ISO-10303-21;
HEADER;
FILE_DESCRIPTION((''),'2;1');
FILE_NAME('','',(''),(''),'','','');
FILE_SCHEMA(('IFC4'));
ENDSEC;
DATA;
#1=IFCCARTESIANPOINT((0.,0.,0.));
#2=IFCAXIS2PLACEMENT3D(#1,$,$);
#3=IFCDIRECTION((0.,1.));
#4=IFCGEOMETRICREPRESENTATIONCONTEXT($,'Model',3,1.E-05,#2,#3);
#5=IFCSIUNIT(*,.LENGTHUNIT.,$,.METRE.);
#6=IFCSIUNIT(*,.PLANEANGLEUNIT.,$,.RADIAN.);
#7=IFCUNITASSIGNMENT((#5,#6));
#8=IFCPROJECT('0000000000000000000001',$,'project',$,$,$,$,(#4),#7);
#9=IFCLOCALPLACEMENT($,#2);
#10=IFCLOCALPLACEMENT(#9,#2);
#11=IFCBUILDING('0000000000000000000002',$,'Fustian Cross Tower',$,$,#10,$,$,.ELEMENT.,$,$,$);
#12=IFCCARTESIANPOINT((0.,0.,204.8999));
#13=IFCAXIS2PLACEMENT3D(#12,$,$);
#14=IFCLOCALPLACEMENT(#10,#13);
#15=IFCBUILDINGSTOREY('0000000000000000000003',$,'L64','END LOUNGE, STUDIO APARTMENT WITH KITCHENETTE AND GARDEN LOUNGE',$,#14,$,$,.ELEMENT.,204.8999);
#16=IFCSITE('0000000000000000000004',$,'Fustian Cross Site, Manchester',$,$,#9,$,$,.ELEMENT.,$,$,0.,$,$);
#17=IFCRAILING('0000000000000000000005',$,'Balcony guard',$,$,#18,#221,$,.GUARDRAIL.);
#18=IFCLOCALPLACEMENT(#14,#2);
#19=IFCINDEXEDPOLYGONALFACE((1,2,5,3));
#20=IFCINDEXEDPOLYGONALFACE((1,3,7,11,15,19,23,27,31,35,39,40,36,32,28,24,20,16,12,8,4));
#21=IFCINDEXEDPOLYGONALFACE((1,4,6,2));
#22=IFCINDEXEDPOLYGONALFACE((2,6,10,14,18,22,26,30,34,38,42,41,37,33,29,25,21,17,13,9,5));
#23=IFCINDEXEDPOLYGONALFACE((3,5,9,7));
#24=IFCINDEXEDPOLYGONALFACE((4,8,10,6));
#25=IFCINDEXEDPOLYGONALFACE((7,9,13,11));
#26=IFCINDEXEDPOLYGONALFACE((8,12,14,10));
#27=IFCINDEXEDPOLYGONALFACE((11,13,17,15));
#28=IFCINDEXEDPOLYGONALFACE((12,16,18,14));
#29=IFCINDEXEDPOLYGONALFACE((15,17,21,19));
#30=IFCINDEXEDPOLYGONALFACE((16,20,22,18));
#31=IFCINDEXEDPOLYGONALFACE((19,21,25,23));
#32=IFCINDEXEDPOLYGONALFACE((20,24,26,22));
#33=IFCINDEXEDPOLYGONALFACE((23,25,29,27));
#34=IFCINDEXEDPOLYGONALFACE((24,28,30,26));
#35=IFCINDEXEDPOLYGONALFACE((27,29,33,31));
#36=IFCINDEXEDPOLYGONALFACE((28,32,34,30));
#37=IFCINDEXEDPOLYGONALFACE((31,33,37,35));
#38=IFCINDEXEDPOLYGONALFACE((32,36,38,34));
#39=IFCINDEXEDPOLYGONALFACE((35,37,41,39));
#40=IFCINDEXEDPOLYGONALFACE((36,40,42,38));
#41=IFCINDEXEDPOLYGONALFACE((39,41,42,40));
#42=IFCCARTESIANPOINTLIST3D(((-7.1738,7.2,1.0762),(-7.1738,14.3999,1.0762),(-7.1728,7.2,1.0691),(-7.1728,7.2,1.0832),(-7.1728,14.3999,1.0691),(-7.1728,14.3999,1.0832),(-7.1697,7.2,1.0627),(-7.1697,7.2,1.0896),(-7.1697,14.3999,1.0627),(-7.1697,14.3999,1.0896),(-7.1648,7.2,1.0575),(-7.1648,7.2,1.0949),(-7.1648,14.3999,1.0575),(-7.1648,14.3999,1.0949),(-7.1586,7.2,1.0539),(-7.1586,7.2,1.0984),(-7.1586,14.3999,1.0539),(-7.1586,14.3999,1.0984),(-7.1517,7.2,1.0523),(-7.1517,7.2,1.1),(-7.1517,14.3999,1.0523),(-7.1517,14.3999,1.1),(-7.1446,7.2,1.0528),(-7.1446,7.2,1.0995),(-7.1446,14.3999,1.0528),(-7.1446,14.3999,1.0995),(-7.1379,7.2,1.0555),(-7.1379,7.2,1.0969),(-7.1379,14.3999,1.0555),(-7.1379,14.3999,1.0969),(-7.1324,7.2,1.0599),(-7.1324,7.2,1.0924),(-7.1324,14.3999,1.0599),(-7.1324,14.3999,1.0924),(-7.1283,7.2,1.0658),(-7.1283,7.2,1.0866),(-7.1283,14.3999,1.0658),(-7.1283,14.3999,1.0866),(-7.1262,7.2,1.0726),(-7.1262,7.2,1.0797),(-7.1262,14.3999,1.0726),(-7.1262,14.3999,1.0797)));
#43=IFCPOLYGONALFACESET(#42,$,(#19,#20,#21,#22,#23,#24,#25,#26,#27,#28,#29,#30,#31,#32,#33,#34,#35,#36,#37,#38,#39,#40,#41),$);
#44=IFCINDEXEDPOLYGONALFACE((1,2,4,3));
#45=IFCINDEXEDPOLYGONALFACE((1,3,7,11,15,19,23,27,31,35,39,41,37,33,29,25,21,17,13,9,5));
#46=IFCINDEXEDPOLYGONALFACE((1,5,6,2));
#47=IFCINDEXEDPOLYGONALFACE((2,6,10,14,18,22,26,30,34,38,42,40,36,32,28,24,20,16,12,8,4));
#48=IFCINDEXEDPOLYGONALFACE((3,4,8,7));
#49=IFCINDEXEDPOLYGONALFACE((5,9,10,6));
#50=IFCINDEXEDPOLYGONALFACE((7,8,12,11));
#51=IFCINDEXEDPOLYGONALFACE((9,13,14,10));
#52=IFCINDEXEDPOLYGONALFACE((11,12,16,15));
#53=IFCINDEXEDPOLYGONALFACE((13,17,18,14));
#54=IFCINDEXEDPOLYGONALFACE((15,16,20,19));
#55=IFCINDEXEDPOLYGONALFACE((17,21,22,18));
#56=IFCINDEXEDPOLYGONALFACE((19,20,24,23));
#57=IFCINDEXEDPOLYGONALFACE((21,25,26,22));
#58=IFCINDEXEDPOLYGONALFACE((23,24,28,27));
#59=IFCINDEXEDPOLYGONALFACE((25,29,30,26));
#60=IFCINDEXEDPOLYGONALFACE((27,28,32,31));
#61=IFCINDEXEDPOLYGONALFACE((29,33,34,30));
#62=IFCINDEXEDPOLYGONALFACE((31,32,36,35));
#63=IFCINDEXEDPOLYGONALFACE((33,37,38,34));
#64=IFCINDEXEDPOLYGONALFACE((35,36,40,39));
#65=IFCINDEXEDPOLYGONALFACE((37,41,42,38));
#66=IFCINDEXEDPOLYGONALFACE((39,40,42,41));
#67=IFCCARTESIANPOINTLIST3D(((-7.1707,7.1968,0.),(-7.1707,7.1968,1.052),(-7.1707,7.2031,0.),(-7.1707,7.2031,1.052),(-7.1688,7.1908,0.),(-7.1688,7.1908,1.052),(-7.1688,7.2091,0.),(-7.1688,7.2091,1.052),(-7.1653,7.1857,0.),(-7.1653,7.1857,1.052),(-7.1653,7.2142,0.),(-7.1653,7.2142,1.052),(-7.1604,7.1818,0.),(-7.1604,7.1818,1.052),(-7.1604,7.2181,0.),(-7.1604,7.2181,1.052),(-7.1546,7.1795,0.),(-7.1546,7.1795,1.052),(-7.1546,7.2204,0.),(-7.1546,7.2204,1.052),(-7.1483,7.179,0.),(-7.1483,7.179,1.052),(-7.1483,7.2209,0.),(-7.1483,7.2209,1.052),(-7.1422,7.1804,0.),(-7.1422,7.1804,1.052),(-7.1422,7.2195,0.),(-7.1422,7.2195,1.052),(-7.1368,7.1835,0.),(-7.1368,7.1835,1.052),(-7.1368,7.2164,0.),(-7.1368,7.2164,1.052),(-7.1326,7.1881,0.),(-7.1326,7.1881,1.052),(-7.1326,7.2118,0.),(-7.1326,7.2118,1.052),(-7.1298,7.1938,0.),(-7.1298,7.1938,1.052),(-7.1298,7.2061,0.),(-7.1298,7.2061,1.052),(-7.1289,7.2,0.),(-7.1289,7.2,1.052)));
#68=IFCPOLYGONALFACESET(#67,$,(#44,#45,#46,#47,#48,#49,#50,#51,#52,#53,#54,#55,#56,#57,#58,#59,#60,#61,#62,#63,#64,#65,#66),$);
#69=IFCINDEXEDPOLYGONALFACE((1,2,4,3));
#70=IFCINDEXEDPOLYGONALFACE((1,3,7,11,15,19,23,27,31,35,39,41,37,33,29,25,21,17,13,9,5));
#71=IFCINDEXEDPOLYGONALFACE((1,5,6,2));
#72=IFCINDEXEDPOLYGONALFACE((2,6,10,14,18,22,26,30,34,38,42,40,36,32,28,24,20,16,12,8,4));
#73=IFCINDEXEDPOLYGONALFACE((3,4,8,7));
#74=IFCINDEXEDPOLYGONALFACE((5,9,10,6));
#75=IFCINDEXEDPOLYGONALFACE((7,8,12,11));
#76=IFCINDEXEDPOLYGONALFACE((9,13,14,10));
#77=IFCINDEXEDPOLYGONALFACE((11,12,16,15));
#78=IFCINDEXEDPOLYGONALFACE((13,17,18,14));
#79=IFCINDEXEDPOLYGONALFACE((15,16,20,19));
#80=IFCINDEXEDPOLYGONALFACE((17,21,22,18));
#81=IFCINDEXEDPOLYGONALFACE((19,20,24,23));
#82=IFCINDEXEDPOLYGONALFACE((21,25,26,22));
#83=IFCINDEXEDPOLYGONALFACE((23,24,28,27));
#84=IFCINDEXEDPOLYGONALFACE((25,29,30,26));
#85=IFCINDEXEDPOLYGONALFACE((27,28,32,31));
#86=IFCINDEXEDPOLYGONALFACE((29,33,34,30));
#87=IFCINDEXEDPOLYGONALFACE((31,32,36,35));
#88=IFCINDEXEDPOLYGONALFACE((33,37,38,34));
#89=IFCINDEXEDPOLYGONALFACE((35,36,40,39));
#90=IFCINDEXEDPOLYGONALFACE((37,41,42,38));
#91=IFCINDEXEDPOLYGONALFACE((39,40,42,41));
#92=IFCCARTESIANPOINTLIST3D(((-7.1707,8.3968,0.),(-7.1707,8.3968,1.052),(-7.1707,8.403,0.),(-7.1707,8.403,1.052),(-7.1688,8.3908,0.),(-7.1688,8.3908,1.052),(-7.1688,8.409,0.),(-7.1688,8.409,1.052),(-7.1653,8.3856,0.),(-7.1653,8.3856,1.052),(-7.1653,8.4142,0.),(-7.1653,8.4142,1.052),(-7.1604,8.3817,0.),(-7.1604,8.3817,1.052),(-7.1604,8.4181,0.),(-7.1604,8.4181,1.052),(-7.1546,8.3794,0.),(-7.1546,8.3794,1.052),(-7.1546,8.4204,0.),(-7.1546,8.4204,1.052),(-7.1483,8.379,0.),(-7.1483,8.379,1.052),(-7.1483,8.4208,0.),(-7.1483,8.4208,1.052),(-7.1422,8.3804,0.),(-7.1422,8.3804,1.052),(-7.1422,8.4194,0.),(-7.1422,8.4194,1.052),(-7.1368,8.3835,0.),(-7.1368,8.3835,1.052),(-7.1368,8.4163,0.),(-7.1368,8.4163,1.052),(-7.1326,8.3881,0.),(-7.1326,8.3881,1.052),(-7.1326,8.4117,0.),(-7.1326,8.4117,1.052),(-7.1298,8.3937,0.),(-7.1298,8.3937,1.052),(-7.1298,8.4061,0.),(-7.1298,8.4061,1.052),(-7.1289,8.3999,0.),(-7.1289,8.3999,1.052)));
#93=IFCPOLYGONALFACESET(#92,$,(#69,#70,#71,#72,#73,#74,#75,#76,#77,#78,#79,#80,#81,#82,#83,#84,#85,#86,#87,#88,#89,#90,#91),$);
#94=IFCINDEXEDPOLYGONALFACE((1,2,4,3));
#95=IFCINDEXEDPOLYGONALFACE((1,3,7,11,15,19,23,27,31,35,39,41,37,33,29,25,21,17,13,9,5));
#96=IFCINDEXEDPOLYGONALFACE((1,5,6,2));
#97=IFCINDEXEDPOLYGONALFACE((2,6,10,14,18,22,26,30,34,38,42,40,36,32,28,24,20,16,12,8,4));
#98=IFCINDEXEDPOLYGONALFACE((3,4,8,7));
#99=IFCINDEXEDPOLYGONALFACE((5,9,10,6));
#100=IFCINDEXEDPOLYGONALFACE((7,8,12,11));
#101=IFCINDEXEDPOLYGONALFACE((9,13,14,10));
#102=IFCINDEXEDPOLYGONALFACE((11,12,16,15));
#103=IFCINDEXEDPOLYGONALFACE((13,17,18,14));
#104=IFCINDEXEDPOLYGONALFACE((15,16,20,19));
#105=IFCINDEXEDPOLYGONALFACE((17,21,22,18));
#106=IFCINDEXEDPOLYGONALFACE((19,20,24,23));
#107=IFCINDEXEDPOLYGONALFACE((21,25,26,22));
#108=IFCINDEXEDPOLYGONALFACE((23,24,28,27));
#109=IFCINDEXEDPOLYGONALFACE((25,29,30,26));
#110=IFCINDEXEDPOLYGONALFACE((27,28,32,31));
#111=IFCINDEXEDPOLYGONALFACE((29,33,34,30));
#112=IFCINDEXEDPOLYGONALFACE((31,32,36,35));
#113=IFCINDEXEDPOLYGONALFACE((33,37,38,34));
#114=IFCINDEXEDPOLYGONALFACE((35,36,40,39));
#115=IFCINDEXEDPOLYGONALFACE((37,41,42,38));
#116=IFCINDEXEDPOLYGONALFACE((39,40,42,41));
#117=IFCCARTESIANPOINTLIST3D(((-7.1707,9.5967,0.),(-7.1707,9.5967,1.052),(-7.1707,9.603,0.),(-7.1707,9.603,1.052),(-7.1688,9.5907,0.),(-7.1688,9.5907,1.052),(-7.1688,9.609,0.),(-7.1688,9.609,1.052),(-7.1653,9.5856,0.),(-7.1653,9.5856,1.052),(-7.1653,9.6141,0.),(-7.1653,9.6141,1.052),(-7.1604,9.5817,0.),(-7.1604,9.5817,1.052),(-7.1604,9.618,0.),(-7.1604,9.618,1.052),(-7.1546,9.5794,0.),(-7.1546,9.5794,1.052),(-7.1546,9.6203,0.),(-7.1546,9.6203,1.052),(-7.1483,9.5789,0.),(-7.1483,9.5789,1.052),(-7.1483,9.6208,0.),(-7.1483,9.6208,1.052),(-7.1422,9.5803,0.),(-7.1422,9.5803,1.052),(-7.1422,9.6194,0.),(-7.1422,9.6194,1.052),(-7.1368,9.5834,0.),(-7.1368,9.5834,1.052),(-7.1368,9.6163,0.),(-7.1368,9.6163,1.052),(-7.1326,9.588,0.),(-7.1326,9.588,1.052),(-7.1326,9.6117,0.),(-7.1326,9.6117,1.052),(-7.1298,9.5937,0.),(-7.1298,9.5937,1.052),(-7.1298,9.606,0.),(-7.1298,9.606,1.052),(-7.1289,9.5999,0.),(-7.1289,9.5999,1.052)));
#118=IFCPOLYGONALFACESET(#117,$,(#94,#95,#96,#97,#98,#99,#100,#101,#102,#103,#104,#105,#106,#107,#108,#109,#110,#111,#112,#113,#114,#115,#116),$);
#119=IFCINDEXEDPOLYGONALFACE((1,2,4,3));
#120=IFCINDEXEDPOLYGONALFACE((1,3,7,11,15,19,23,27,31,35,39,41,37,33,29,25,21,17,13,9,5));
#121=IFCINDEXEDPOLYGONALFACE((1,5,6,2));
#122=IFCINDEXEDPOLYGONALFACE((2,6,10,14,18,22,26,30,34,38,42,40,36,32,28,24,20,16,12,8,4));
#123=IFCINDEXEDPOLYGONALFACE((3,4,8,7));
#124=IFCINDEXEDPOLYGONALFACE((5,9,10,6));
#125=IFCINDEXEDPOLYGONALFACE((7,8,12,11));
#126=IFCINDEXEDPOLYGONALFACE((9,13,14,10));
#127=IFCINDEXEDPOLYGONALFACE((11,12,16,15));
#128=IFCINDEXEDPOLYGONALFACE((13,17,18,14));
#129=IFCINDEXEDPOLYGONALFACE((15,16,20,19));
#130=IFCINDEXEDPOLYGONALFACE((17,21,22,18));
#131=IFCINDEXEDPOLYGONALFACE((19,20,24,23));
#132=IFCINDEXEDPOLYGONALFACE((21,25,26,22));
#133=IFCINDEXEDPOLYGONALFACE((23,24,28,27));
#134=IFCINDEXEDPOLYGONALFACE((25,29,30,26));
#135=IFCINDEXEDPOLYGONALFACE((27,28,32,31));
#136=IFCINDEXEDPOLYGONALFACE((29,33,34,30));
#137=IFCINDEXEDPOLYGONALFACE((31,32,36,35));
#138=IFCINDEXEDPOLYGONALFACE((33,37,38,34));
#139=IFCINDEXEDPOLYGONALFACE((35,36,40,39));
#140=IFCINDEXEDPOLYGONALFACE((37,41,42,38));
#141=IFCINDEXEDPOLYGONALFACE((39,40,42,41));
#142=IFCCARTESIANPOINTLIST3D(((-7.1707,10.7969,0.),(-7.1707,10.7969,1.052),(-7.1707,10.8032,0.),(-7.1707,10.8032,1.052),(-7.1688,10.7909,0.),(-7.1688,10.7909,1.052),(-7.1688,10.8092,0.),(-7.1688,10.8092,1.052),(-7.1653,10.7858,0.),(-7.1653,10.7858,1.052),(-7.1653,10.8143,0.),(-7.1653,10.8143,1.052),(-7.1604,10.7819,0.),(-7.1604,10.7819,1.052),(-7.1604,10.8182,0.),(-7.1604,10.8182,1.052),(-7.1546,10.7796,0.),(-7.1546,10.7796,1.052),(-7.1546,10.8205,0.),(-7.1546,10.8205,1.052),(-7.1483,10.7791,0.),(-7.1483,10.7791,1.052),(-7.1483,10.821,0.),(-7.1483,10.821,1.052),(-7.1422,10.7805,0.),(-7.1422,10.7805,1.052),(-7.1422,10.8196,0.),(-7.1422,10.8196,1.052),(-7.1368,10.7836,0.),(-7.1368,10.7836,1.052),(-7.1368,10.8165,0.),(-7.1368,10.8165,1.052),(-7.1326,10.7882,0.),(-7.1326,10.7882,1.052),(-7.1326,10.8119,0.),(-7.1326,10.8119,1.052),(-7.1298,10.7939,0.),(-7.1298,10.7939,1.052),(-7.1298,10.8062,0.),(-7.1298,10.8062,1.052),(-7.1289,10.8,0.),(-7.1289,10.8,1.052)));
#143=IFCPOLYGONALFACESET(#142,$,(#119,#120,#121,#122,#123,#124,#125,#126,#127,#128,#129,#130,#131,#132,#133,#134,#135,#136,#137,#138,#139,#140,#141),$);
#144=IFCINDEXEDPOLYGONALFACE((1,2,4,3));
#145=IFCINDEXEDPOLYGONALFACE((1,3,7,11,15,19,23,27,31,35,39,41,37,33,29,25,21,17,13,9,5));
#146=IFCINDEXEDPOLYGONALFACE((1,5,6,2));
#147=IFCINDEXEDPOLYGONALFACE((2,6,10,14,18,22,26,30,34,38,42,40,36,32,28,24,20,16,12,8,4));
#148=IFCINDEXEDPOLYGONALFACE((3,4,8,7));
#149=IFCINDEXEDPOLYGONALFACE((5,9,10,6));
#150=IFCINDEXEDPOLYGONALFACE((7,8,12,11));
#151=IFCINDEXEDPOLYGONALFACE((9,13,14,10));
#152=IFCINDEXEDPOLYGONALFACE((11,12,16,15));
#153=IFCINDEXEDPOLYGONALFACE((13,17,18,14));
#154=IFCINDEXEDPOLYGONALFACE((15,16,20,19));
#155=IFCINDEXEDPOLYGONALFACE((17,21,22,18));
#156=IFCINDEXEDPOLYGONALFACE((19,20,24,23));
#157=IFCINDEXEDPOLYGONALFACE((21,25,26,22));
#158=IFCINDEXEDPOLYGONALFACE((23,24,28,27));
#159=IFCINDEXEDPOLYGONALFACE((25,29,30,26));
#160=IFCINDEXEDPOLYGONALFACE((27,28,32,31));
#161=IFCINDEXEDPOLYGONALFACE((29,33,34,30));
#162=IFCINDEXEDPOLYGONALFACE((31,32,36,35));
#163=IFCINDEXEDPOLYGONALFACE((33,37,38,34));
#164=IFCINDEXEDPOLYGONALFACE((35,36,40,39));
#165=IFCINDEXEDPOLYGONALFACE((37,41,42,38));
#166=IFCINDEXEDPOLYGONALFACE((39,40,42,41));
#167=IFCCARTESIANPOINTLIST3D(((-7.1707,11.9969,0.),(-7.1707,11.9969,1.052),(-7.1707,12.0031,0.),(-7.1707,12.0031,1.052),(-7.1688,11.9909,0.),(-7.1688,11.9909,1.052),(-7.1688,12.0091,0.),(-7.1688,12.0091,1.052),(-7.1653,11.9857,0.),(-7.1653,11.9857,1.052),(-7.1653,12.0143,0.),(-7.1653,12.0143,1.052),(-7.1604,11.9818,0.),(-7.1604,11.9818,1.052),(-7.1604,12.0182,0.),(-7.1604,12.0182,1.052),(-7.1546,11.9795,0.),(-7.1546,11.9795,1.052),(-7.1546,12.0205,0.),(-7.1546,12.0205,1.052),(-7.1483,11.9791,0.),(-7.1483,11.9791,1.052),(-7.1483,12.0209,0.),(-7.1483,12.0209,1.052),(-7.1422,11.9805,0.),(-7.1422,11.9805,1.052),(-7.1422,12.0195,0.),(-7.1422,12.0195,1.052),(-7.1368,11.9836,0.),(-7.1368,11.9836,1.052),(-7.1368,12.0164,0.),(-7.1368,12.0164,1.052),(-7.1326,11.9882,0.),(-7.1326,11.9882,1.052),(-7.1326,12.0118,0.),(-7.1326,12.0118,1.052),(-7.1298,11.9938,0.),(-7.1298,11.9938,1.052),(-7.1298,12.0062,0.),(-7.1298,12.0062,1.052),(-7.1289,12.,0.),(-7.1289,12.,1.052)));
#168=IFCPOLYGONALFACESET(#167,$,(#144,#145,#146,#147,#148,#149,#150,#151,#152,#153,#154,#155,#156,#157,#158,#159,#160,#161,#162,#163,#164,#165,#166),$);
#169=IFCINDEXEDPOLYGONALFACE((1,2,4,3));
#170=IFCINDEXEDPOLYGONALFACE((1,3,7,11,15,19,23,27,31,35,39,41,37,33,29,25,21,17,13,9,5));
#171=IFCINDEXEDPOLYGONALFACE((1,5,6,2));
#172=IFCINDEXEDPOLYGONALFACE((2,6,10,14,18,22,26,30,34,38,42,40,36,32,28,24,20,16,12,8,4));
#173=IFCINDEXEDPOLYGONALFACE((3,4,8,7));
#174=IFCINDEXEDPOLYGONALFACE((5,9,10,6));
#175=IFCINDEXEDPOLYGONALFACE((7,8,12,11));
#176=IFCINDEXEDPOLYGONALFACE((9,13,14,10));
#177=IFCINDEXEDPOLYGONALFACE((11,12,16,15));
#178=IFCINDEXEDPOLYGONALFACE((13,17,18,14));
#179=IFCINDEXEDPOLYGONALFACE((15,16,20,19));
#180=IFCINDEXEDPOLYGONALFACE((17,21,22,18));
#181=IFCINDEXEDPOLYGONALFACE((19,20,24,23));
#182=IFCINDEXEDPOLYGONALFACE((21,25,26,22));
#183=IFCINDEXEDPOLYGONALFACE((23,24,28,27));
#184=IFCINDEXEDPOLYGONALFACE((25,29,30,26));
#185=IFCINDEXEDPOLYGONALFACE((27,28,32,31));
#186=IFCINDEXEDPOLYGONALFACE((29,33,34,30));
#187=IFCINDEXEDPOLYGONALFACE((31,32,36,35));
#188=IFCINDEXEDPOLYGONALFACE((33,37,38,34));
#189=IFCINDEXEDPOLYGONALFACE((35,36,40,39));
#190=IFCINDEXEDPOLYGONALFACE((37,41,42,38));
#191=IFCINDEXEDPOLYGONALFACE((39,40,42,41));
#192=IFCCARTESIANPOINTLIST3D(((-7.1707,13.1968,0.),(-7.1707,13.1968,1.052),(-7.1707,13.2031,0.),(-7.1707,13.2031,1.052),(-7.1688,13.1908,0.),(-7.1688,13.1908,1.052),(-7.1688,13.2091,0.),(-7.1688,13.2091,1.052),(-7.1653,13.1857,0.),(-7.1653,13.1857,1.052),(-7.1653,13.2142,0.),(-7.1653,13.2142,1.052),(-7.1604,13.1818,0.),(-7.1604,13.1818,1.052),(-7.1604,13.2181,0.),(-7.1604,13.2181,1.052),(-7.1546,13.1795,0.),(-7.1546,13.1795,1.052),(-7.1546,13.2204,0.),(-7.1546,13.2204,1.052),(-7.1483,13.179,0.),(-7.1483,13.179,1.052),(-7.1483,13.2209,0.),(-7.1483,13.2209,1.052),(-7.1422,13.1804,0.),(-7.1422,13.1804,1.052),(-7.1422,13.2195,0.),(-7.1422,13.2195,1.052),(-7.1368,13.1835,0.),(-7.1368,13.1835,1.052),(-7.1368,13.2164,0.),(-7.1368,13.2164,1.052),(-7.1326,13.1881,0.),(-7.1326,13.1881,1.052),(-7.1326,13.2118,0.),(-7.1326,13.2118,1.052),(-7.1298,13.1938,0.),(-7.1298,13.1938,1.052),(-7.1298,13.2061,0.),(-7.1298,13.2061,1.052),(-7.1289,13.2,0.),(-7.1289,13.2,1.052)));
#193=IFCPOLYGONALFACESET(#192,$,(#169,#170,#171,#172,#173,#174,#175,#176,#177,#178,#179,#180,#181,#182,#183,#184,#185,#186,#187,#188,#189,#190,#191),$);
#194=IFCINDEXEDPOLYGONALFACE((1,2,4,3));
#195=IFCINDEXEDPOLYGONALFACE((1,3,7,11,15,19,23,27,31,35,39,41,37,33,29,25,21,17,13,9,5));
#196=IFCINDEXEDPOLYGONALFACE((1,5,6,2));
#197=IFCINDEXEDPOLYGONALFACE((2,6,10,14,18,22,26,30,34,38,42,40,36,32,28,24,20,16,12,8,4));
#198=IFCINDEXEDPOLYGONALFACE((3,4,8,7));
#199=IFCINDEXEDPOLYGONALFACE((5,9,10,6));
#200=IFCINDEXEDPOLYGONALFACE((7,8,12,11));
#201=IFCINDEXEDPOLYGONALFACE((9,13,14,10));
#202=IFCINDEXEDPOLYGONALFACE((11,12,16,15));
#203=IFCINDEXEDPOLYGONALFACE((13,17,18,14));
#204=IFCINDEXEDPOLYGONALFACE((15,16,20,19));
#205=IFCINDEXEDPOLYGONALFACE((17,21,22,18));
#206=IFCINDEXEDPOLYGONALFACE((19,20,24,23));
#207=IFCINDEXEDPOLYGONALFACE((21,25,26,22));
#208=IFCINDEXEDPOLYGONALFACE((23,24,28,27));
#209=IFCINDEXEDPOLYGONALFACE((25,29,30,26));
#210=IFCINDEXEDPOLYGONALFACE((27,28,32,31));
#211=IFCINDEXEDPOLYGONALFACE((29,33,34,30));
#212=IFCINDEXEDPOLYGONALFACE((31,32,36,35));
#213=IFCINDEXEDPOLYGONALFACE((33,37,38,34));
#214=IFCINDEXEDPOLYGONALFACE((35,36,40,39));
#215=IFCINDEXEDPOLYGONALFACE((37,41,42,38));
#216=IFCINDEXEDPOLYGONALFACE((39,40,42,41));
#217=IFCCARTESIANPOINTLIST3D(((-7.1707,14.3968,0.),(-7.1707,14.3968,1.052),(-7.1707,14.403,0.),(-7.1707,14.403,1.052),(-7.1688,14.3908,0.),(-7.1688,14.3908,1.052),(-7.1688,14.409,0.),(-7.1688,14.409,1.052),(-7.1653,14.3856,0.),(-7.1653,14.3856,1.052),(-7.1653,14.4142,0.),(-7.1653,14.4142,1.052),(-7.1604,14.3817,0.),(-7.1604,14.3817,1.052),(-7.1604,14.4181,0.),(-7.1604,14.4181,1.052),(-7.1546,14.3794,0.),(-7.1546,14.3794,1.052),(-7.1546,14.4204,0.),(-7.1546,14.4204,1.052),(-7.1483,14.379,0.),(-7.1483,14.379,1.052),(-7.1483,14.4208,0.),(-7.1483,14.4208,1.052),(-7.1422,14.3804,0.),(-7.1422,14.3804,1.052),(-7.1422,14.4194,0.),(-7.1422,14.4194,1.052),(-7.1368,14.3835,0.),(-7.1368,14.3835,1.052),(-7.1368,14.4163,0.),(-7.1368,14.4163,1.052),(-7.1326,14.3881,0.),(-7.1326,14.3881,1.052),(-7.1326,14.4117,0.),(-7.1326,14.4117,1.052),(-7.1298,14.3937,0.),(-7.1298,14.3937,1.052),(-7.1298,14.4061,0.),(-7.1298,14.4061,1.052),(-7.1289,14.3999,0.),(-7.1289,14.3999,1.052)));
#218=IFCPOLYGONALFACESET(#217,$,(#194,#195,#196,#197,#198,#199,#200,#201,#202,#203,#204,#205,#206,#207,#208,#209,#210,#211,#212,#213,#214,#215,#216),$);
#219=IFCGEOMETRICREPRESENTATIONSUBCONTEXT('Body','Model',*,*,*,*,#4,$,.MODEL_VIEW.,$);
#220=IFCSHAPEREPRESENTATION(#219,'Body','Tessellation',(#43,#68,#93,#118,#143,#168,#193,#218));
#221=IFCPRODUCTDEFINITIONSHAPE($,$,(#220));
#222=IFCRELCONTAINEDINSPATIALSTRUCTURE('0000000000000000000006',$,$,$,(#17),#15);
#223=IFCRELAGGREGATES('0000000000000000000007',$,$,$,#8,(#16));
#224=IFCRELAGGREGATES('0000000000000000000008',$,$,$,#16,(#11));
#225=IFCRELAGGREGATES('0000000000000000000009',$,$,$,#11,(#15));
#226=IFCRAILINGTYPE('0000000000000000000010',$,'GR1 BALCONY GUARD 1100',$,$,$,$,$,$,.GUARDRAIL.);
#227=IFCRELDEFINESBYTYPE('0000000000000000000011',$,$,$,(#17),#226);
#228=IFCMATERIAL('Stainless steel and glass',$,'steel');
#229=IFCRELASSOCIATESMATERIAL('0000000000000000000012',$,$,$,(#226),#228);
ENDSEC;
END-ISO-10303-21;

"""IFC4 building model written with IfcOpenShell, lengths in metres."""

from ifc_helpers import new_model, si_unit, direction, frame, origin, origin_2d, place, context, subcontext, project, spatial, circle, extrude, material, type_object, element, save


model = new_model("IFC4")

# Units and contexts
model_context = context("Model", 3, precision=1e-05, world=origin(), true_north=direction((0.0, 1.0)))
body_context = subcontext(model_context, "Body", "Model", "MODEL_VIEW")
ifc_project = project(units=[si_unit("LENGTHUNIT", "METRE"), si_unit("PLANEANGLEUNIT", "RADIAN")], contexts=[model_context])

# Site, building, storey
site_placement = place(None, origin())
site = spatial("IfcSite", under=ifc_project, at=site_placement, Name="Fustian Cross Site, Manchester", CompositionType="ELEMENT", RefElevation=0.0)
building_placement = place(site_placement, origin())
building = spatial("IfcBuilding", under=site, at=building_placement, Name="Fustian Cross Tower", CompositionType="ELEMENT")
storey_placement = place(building_placement, frame((0.0, 0.0, 204.8999)))
storey = spatial("IfcBuildingStorey", under=building, at=storey_placement, Name="L64", Description="END LOUNGE, STUDIO APARTMENT WITH KITCHENETTE AND GARDEN LOUNGE", CompositionType="ELEMENT", Elevation=204.8999)

# Railing
ifc_material_1 = material(Name="Stainless steel and glass", Category="steel")
railing_type_1 = type_object("IfcRailingType", Name="GR1 BALCONY GUARD 1100", PredefinedType="GUARDRAIL", material=ifc_material_1)
railing_1_placement = place(storey_placement, frame((-7.1499, 7.2, 0.0)))
element("IfcRailing", 1, at=railing_1_placement, inside=storey, type_object=railing_type_1, Name="Balcony guard", PredefinedType="GUARDRAIL", context=body_context, shape_type="SweptSolid", body=[
    extrude(circle(Radius=0.0239, at=origin_2d()), frame((0.0, 0.0, 1.0762), z_axis=(0.0, 1.0, 0.0), x_axis=(-1.0, 0.0, 0.0)), (0.0, 0.0, 1.0), 7.2),
    extrude(circle(Radius=0.021, at=origin_2d()), origin(), (0.0, 0.0, 1.0), 1.052),
    extrude(circle(Radius=0.021, at=origin_2d()), frame((0.0, 1.2, 0.0)), (0.0, 0.0, 1.0), 1.052),
    extrude(circle(Radius=0.021, at=origin_2d()), frame((0.0, 2.3999, 0.0)), (0.0, 0.0, 1.0), 1.052),
    extrude(circle(Radius=0.021, at=origin_2d()), frame((0.0, 3.6001, 0.0)), (0.0, 0.0, 1.0), 1.052),
    extrude(circle(Radius=0.021, at=origin_2d()), frame((0.0, 4.8, 0.0)), (0.0, 0.0, 1.0), 1.052),
    extrude(circle(Radius=0.021, at=origin_2d()), frame((0.0, 6.0, 0.0)), (0.0, 0.0, 1.0), 1.052),
    extrude(circle(Radius=0.021, at=origin_2d()), frame((0.0, 7.2, 0.0)), (0.0, 0.0, 1.0), 1.052),
])

save(model, "model.ifc")
